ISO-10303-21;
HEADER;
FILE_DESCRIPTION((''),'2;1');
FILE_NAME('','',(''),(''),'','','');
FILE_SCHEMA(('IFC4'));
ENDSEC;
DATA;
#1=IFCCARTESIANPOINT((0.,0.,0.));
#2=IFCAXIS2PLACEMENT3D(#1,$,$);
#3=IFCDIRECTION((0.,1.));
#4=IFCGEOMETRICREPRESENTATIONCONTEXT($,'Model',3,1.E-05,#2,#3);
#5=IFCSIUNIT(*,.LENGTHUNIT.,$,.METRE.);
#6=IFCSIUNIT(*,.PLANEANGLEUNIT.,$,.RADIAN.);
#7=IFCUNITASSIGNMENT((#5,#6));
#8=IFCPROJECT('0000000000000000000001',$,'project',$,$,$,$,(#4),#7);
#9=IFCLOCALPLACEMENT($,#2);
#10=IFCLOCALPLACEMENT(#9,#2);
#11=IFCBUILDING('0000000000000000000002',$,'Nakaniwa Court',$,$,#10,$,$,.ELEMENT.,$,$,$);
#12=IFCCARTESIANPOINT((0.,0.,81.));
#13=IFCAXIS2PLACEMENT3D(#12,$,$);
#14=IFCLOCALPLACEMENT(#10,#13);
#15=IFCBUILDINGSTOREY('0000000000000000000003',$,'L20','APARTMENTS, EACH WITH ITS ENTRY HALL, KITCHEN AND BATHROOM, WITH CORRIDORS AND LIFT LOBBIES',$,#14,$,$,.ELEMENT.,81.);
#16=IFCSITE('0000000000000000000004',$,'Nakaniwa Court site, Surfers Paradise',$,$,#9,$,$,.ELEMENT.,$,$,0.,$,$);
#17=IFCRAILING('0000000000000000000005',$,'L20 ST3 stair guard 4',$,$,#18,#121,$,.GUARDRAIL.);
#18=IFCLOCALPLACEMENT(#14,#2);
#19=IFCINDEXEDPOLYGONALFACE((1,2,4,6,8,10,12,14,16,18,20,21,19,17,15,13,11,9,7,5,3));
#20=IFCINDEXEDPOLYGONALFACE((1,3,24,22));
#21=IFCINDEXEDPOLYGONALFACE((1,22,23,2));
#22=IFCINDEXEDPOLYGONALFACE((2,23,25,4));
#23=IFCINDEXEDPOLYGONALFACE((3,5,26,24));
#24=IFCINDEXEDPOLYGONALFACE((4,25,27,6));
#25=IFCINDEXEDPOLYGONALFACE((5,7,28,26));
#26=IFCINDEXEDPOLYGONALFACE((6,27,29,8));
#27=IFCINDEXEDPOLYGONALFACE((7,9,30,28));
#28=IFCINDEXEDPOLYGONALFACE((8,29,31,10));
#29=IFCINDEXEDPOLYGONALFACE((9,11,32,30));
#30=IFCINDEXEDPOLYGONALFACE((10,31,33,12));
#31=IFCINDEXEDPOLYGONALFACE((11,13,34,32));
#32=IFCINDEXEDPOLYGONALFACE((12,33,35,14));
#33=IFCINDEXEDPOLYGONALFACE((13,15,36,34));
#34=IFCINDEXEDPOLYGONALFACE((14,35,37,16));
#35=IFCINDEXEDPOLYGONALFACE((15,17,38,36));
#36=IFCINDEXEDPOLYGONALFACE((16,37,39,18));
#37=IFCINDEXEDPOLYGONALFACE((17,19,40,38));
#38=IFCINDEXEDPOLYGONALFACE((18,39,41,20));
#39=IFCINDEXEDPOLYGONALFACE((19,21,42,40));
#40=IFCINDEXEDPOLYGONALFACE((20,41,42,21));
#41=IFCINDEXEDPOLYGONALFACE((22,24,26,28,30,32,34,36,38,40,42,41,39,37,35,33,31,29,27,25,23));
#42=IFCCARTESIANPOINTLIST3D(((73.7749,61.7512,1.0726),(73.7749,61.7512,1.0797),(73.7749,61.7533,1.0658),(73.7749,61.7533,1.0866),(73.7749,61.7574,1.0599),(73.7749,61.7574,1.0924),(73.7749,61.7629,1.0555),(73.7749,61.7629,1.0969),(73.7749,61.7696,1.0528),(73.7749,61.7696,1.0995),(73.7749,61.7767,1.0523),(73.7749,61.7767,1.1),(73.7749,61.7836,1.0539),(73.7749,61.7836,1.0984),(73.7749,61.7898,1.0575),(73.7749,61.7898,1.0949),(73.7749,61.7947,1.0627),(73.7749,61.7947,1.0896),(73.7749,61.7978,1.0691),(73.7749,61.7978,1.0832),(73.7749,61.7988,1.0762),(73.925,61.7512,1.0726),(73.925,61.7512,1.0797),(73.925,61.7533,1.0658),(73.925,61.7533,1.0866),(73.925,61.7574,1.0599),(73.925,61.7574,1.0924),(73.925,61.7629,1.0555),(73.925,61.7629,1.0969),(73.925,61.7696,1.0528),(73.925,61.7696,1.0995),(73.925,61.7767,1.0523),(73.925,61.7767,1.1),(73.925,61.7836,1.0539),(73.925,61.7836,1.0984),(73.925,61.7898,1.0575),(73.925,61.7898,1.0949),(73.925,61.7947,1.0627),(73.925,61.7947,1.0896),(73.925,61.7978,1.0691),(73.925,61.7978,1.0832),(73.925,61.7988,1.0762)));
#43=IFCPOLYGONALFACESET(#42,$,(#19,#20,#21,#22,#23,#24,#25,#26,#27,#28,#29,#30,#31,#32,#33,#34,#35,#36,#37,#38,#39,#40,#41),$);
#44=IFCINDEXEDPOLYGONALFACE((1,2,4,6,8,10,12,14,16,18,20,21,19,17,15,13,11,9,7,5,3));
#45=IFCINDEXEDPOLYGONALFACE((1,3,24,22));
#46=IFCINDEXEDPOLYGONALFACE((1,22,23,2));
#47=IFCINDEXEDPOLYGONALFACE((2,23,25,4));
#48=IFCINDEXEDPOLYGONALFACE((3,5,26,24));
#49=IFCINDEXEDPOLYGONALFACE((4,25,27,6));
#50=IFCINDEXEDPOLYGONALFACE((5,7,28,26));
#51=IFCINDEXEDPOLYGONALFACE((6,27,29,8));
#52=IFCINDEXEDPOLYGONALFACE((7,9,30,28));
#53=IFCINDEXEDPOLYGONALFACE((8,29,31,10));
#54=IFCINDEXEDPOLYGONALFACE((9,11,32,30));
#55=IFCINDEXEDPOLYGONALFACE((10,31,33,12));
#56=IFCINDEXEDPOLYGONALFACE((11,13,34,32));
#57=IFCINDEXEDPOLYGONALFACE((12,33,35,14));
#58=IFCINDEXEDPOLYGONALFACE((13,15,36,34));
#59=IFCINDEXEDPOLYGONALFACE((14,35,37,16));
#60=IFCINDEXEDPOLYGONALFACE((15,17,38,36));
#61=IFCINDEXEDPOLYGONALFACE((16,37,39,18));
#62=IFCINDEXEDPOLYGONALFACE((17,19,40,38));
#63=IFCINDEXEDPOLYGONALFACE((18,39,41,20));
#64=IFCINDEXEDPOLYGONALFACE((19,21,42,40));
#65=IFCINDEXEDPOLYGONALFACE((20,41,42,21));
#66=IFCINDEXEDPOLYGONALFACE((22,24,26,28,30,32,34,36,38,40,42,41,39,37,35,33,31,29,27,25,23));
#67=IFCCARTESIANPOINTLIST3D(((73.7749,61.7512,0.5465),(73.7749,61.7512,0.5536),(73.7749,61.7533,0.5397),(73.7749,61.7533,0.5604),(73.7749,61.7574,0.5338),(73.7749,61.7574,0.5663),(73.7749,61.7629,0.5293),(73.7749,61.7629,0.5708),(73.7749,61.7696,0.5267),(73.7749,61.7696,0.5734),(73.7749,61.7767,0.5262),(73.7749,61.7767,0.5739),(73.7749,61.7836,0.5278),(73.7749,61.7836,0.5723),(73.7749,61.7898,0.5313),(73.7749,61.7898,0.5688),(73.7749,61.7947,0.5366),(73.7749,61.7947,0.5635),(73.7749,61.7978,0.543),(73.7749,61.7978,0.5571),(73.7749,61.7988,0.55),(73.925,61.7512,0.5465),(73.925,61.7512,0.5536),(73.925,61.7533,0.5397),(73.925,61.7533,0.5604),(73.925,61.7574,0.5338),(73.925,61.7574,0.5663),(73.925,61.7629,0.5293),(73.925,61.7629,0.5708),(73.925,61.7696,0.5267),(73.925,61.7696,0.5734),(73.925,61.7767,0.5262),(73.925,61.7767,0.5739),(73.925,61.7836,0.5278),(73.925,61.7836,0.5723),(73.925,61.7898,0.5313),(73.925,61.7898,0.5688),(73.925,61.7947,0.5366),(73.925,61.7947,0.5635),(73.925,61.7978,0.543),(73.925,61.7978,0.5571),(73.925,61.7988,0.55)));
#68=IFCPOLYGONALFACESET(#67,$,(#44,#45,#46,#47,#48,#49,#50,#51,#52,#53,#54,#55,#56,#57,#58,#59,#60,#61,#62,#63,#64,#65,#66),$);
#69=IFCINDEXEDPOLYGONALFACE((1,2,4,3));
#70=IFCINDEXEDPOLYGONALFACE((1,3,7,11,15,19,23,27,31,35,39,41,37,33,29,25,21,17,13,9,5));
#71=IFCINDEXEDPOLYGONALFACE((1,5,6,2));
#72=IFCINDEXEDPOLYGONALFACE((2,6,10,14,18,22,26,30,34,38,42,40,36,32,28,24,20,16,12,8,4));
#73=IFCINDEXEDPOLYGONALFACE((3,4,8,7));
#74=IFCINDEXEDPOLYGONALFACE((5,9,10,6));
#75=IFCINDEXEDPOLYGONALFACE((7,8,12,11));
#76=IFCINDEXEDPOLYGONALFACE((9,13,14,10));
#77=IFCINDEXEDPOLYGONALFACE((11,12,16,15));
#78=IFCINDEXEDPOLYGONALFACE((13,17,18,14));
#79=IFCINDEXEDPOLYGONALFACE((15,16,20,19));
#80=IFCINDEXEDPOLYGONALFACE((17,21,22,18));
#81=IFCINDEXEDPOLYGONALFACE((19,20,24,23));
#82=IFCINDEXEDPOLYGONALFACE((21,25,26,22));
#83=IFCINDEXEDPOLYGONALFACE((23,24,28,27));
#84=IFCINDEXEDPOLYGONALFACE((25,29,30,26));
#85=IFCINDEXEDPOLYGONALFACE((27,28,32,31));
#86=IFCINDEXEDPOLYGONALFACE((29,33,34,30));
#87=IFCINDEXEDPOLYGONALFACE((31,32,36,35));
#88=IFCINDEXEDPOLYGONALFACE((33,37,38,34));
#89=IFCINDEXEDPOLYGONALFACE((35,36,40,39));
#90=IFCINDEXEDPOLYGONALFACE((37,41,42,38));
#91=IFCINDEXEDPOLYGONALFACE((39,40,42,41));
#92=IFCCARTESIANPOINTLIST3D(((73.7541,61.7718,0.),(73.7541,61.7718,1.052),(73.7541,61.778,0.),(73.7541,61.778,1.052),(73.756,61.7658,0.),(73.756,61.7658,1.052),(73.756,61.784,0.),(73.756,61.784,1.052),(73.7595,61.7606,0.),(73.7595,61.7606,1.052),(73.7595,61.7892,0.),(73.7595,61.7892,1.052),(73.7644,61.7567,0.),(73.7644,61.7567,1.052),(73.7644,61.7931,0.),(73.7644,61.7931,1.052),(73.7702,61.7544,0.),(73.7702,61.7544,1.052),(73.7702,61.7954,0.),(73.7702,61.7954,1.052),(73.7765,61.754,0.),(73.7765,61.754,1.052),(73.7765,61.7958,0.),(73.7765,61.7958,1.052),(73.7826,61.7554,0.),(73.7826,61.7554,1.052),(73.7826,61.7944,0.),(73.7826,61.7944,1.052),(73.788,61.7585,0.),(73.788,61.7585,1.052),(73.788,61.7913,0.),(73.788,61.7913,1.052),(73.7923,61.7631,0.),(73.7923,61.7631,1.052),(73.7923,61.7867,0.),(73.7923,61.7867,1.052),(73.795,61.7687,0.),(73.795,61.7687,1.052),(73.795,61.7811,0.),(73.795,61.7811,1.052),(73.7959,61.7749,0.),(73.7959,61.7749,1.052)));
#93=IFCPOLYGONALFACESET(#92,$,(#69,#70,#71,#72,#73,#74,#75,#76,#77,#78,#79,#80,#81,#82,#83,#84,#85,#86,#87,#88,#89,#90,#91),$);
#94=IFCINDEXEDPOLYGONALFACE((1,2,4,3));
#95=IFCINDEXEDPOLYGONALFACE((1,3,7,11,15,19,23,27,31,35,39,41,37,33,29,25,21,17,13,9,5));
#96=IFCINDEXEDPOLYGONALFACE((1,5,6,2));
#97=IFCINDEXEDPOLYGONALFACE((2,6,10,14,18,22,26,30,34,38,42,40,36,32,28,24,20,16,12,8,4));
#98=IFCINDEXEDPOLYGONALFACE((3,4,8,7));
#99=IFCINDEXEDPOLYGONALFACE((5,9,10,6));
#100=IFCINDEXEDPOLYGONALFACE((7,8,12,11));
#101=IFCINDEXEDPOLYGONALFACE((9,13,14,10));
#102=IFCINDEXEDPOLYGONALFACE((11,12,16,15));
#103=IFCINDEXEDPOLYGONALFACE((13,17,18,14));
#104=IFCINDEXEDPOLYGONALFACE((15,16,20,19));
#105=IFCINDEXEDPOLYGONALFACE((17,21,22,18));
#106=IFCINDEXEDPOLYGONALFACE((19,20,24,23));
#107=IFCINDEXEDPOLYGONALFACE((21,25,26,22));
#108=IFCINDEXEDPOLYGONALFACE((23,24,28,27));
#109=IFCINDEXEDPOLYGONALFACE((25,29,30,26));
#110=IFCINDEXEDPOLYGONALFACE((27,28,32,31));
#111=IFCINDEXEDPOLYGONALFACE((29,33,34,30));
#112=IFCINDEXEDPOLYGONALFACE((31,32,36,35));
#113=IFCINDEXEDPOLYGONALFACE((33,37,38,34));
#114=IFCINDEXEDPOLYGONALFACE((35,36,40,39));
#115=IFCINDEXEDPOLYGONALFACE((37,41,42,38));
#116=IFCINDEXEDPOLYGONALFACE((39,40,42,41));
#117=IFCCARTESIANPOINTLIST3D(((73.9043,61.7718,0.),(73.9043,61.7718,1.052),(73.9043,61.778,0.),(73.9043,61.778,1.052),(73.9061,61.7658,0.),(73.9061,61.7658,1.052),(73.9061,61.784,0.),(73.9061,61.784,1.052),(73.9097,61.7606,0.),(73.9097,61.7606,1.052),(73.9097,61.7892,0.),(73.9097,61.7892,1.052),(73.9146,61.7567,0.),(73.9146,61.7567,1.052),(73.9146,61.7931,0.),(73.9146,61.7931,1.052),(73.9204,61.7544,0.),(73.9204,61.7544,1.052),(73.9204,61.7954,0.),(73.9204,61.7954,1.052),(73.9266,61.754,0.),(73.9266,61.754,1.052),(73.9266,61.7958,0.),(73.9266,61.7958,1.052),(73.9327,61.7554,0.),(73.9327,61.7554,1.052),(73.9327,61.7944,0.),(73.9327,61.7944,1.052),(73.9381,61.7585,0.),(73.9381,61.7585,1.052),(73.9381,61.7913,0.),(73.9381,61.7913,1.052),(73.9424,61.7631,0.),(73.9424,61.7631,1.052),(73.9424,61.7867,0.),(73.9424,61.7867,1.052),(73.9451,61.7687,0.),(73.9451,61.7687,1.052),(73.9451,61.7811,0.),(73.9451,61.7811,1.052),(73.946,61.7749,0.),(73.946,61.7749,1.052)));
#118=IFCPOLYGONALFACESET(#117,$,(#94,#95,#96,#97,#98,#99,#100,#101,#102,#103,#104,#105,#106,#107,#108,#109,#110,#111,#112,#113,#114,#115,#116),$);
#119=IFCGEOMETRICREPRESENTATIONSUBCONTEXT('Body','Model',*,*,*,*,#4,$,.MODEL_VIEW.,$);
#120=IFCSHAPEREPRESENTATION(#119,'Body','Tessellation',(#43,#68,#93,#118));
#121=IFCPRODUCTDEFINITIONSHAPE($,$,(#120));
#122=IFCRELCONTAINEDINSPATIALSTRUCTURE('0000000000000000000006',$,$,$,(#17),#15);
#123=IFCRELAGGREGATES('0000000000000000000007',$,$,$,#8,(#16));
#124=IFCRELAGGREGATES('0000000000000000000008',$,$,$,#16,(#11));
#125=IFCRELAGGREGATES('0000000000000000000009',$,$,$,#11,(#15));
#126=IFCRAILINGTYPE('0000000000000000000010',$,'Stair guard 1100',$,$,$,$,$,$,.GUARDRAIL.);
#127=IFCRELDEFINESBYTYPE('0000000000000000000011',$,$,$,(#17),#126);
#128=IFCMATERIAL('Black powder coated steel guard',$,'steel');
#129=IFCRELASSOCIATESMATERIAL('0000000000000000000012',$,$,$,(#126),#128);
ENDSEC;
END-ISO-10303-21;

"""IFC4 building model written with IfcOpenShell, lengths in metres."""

from ifc_helpers import new_model, si_unit, direction, frame, origin, origin_2d, place, context, subcontext, project, spatial, circle, extrude, material, type_object, element, save


model = new_model("IFC4")

# Units and contexts
model_context = context("Model", 3, precision=1e-05, world=origin(), true_north=direction((0.0, 1.0)))
body_context = subcontext(model_context, "Body", "Model", "MODEL_VIEW")
ifc_project = project(units=[si_unit("LENGTHUNIT", "METRE"), si_unit("PLANEANGLEUNIT", "RADIAN")], contexts=[model_context])

# Site, building, storey
site_placement = place(None, origin())
site = spatial("IfcSite", under=ifc_project, at=site_placement, Name="Nakaniwa Court site, Surfers Paradise", CompositionType="ELEMENT", RefElevation=0.0)
building_placement = place(site_placement, origin())
building = spatial("IfcBuilding", under=site, at=building_placement, Name="Nakaniwa Court", CompositionType="ELEMENT")
storey_placement = place(building_placement, frame((0.0, 0.0, 81.0)))
storey = spatial("IfcBuildingStorey", under=building, at=storey_placement, Name="L20", Description="APARTMENTS, EACH WITH ITS ENTRY HALL, KITCHEN AND BATHROOM, WITH CORRIDORS AND LIFT LOBBIES", CompositionType="ELEMENT", Elevation=81.0)

# Railing
ifc_material_1 = material(Name="Black powder coated steel guard", Category="steel")
railing_type_1 = type_object("IfcRailingType", Name="Stair guard 1100", PredefinedType="GUARDRAIL", material=ifc_material_1)
railing_1_placement = place(storey_placement, frame((73.7749, 61.7749, 0.0)))
element("IfcRailing", 1, at=railing_1_placement, inside=storey, type_object=railing_type_1, Name="L20 ST3 stair guard 4", PredefinedType="GUARDRAIL", context=body_context, shape_type="SweptSolid", body=[
    extrude(circle(Radius=0.0239, at=origin_2d()), frame((0.0, 0.0, 1.0762), z_axis=(1.0, 0.0, 0.0), x_axis=(0.0, 1.0, 0.0)), (0.0, 0.0, 1.0), 0.1501),
    extrude(circle(Radius=0.0239, at=origin_2d()), frame((0.0, 0.0, 0.55), z_axis=(1.0, 0.0, 0.0), x_axis=(0.0, 1.0, 0.0)), (0.0, 0.0, 1.0), 0.1501),
    extrude(circle(Radius=0.021, at=origin_2d()), origin(), (0.0, 0.0, 1.0), 1.052),
    extrude(circle(Radius=0.021, at=origin_2d()), frame((0.1501, 0.0, 0.0)), (0.0, 0.0, 1.0), 1.052),
])

save(model, "model.ifc")
